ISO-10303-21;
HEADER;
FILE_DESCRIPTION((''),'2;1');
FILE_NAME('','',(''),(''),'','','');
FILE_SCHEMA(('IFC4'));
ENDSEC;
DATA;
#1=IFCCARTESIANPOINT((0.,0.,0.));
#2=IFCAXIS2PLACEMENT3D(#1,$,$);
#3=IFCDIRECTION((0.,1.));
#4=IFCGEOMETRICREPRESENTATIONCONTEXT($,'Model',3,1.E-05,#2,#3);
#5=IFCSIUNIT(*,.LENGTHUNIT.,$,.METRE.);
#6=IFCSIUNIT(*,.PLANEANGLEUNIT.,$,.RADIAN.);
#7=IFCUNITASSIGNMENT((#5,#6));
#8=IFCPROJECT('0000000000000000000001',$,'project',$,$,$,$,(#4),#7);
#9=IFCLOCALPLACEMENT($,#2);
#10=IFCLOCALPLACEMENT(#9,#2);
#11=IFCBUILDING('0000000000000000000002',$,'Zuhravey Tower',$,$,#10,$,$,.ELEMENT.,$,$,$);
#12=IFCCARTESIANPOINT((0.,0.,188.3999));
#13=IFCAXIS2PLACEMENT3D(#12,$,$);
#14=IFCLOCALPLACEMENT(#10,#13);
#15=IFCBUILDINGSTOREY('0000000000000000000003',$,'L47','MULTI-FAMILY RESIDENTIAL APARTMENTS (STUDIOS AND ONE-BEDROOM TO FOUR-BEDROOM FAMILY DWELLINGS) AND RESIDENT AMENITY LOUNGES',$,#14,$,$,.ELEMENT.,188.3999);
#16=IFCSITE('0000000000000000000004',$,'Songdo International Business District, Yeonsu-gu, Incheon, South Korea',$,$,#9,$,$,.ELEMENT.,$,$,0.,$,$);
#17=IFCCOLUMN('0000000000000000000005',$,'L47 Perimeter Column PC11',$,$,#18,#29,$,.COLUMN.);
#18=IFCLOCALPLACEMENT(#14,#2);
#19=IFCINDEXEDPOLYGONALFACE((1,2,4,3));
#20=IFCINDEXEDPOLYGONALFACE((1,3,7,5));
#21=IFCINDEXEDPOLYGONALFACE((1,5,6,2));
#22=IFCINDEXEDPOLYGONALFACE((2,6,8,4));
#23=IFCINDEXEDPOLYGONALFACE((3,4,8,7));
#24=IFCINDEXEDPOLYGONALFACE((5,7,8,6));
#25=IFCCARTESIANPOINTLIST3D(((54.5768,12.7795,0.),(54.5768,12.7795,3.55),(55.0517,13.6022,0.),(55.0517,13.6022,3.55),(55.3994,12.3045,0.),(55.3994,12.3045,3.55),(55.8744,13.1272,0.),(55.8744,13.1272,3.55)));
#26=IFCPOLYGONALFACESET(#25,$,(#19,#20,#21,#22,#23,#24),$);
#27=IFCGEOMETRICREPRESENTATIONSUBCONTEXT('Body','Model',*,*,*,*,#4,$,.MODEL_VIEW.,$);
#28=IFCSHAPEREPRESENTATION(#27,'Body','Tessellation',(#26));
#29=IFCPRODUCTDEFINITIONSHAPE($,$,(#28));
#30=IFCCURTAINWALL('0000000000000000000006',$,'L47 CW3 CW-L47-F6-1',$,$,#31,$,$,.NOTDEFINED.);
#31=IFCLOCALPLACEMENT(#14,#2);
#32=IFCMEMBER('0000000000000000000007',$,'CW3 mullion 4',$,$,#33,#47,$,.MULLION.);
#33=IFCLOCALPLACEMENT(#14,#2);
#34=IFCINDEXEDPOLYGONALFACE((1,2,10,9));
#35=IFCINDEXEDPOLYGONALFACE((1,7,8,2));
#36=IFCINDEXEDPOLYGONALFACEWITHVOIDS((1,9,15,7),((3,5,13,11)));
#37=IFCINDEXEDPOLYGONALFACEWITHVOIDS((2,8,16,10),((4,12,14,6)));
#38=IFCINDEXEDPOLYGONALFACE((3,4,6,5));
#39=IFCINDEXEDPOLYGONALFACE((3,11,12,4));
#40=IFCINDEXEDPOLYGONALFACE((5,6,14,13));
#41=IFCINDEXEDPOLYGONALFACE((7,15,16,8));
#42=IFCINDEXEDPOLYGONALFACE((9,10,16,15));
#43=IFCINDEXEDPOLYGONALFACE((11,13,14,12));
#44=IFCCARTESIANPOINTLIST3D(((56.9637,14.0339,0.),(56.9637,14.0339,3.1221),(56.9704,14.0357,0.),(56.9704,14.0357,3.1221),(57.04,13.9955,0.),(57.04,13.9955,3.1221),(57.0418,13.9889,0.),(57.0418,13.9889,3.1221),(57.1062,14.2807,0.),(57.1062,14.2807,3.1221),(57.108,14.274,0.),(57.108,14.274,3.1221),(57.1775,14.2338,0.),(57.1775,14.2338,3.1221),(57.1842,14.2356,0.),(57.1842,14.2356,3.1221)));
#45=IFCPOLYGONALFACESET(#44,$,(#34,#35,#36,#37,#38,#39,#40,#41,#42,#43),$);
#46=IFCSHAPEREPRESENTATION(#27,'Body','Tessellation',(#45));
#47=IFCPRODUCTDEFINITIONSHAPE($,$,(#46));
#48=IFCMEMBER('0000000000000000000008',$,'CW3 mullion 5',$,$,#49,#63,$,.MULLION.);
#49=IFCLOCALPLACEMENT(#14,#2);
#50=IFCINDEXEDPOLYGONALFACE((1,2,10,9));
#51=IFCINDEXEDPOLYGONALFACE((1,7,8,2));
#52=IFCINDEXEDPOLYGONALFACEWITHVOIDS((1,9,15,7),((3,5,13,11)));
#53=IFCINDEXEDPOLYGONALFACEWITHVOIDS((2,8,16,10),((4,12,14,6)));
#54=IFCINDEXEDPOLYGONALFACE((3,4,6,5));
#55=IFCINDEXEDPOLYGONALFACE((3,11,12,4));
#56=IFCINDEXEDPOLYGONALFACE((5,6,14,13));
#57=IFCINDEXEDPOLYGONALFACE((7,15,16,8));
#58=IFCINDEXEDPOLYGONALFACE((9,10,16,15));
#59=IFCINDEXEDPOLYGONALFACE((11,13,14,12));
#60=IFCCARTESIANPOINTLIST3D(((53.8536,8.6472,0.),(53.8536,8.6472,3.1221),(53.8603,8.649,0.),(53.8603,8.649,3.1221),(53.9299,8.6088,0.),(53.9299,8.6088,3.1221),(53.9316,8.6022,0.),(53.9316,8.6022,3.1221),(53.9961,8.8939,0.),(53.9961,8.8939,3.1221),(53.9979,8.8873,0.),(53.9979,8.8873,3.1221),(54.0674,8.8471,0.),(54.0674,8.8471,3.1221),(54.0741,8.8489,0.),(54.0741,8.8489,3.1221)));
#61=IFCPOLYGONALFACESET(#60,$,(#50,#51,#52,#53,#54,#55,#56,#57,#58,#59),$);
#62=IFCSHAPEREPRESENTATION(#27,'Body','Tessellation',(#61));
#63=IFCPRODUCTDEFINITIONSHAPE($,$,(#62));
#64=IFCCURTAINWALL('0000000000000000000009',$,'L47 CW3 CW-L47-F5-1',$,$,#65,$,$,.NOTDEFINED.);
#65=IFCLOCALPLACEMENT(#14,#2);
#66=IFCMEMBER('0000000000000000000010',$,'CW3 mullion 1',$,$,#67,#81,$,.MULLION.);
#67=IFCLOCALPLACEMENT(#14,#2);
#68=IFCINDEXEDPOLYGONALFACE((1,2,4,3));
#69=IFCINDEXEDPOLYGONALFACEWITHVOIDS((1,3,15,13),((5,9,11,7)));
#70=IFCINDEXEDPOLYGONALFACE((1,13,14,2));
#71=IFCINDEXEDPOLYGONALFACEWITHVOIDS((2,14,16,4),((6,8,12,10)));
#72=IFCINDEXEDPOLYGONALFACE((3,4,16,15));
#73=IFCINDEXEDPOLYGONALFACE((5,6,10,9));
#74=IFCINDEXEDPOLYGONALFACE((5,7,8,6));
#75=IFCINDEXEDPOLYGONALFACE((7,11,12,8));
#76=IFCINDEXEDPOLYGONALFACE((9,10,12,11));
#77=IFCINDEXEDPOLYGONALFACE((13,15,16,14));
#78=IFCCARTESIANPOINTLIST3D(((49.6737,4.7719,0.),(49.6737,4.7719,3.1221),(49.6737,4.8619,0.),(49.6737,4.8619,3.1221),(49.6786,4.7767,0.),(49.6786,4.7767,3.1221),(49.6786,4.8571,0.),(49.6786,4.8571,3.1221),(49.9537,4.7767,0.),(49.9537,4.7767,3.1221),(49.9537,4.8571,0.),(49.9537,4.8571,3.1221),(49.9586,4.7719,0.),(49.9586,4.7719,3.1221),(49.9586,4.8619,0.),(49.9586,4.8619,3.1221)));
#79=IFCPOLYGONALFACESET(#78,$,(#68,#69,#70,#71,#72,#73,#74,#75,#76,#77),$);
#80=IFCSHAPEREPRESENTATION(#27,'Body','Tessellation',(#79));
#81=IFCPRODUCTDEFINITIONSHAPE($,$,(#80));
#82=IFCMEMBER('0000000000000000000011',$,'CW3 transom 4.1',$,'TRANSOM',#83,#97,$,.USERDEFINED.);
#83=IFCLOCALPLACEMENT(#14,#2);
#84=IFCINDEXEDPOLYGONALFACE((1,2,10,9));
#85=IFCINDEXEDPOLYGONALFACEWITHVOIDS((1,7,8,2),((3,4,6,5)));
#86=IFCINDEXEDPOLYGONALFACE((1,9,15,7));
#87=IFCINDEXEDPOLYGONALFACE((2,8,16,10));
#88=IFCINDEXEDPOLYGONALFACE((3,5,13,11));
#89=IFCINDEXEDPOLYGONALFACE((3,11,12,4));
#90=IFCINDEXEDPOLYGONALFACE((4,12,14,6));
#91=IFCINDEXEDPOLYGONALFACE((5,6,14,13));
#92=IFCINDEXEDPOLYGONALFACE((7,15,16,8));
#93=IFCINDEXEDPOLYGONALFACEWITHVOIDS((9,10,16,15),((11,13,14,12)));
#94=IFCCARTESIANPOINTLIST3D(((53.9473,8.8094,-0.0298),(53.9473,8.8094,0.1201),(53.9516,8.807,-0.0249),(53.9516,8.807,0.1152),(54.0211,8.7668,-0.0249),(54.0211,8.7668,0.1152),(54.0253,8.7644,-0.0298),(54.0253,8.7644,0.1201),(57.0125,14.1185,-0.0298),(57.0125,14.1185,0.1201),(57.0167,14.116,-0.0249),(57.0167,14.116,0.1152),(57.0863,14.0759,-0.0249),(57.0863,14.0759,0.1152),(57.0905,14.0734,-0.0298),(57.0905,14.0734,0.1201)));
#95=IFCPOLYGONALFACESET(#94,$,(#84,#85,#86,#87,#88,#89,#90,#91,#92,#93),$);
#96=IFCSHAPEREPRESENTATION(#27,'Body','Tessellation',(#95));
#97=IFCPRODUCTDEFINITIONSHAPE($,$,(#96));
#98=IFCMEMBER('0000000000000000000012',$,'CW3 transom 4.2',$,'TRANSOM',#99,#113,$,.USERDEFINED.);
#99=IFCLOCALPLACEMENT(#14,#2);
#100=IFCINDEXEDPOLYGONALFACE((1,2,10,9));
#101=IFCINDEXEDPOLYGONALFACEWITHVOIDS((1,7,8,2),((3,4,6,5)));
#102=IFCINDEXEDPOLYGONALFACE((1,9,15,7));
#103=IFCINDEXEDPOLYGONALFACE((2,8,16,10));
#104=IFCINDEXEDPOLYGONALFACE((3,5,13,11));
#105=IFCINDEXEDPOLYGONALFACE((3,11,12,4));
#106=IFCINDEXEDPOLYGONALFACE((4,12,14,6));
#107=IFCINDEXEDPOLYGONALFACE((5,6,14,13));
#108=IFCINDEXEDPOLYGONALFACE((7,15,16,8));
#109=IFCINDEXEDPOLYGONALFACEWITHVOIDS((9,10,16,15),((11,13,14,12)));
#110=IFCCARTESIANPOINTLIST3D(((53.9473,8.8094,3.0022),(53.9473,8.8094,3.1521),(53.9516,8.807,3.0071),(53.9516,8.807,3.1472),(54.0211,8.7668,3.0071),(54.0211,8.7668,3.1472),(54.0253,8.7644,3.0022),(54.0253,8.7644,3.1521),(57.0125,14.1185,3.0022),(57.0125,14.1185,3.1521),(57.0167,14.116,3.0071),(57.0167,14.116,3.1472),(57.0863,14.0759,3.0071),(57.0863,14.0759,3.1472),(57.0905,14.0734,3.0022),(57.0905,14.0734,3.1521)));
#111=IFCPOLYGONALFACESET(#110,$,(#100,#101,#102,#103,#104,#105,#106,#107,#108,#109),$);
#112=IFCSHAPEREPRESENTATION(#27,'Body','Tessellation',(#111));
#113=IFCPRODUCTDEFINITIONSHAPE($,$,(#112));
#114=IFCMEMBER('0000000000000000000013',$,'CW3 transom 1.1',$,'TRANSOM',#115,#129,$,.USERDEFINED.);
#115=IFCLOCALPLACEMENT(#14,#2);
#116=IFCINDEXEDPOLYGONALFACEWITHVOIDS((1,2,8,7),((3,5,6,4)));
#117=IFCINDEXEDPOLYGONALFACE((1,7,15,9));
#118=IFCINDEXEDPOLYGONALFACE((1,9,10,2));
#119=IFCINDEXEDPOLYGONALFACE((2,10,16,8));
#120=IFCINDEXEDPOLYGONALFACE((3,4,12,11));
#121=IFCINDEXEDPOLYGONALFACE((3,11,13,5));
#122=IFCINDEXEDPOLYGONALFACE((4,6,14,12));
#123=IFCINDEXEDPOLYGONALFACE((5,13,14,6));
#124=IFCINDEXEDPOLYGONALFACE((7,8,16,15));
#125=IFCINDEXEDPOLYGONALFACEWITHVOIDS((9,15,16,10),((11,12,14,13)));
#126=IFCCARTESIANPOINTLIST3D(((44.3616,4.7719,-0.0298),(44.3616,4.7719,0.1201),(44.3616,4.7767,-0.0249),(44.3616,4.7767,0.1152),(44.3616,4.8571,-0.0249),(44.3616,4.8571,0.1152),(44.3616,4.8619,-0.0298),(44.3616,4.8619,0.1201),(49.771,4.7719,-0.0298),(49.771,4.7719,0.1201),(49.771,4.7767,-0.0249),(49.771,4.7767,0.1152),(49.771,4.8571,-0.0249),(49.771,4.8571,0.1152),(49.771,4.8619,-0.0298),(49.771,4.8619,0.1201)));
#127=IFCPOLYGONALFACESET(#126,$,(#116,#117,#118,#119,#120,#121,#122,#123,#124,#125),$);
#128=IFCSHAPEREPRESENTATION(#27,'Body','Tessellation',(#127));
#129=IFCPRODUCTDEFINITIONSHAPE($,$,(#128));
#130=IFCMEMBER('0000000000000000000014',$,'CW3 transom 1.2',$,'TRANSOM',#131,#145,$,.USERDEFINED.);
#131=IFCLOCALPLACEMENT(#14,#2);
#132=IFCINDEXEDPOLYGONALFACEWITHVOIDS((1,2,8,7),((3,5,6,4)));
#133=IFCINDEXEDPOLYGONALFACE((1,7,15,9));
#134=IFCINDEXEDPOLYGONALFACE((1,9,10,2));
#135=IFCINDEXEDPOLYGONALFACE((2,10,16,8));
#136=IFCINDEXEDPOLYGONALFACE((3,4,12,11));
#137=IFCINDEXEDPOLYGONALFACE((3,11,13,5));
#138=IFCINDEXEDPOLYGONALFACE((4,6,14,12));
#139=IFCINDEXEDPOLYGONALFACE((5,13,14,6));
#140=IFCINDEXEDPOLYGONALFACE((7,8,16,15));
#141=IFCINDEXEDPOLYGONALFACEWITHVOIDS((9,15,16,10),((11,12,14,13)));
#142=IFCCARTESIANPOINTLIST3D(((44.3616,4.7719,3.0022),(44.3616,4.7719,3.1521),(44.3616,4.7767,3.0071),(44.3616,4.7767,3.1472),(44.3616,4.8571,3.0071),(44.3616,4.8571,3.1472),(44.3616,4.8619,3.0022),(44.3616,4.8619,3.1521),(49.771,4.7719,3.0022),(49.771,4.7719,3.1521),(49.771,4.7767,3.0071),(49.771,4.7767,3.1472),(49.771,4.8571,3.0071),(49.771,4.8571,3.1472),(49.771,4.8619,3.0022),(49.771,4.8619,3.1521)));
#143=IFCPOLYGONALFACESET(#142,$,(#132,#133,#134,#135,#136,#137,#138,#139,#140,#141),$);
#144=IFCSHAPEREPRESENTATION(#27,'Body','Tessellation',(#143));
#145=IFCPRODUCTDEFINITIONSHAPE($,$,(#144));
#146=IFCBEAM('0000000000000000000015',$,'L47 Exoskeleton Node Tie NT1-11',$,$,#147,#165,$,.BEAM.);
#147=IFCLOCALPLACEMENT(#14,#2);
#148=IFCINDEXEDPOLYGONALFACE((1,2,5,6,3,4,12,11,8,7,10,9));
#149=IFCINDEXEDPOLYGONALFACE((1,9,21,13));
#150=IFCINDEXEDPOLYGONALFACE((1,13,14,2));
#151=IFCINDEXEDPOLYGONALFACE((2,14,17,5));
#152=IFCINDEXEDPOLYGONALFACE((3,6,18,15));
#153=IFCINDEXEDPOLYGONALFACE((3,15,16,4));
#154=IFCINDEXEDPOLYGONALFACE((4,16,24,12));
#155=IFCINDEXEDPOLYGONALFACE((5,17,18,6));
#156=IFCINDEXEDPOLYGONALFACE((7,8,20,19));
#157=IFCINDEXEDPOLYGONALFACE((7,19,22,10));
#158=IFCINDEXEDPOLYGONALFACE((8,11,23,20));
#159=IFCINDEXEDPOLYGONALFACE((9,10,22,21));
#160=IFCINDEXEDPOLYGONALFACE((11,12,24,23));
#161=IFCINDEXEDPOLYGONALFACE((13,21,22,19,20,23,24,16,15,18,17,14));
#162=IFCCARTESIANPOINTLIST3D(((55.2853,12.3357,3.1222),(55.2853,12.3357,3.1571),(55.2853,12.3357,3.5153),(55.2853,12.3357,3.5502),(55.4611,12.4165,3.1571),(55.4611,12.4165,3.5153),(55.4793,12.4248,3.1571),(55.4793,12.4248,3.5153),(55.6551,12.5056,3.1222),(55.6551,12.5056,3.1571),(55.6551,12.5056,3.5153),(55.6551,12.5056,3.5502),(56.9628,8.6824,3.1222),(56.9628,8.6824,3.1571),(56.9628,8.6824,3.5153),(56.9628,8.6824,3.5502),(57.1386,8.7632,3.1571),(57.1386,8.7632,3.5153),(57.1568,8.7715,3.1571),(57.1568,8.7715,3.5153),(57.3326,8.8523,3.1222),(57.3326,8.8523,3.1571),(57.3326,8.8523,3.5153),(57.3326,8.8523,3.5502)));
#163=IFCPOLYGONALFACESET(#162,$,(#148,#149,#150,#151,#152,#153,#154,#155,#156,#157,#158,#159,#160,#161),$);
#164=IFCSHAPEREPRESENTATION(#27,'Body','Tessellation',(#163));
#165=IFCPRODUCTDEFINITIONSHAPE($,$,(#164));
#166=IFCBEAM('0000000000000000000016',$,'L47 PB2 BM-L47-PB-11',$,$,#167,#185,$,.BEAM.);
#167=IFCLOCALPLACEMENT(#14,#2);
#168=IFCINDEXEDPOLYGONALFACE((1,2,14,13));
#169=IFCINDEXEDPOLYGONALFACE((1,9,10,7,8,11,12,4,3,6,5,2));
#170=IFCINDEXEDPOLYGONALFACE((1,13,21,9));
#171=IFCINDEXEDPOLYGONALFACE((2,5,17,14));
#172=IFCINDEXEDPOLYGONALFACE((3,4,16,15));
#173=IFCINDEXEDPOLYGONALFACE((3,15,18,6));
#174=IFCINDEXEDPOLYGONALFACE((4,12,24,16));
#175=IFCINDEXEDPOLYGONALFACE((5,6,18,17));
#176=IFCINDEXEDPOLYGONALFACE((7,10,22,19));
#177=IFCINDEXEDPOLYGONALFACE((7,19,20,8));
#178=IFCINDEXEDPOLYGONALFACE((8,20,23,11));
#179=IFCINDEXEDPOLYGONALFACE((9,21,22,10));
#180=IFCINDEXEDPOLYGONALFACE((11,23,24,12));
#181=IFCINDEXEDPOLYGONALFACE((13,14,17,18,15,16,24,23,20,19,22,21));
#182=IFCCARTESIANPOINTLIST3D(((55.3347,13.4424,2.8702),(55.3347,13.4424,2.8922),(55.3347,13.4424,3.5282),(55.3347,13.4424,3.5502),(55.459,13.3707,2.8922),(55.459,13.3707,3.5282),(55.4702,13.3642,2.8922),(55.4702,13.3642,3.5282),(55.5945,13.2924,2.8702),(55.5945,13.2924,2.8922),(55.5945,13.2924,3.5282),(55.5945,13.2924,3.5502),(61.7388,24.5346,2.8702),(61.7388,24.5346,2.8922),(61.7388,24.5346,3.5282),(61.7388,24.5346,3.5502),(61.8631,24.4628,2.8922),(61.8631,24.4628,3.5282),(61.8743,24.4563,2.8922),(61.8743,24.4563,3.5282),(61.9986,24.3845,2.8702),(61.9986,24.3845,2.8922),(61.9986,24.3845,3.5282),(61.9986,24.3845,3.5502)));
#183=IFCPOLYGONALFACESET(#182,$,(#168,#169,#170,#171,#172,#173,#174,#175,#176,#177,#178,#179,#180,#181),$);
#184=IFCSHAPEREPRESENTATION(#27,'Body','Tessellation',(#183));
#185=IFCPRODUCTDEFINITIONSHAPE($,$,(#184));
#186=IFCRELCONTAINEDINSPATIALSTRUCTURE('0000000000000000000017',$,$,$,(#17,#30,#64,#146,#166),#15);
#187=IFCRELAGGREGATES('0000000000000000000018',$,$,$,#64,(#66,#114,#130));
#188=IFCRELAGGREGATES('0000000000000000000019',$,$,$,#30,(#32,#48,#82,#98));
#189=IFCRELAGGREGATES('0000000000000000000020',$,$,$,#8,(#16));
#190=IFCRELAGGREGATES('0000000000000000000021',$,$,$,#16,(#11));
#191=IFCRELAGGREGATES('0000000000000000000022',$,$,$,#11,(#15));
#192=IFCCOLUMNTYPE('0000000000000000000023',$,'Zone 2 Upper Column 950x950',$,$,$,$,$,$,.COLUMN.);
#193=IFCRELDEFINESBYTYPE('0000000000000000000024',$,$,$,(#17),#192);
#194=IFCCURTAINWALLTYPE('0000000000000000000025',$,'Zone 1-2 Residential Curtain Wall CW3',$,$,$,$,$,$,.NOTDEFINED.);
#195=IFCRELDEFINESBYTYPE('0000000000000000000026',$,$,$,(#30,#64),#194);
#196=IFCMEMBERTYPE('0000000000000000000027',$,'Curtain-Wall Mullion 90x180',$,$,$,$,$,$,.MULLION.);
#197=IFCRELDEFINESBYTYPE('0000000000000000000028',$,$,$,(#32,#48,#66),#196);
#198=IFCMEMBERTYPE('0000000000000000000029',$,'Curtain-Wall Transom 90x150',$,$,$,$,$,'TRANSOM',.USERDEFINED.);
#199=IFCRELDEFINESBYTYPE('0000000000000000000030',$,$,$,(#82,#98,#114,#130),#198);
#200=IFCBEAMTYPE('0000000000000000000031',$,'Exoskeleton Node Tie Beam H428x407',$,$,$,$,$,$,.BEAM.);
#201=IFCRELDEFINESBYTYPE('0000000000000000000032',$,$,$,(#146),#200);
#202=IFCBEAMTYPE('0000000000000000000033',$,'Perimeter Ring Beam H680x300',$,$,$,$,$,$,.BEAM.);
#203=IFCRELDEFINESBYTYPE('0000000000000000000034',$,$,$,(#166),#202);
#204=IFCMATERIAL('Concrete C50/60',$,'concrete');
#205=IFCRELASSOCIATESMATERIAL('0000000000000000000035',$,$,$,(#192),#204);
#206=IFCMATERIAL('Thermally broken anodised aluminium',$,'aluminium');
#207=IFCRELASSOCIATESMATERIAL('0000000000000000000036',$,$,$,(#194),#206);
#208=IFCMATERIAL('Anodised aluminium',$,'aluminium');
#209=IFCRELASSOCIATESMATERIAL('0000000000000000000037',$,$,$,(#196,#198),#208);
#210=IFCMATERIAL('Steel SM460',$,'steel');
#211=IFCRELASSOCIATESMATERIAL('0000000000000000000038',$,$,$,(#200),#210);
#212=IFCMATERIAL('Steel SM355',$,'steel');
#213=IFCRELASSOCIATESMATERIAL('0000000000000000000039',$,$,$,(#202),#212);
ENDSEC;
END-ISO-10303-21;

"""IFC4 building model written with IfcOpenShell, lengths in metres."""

from ifc_helpers import new_model, si_unit, direction, frame, origin, origin_2d, place, context, subcontext, project, spatial, rectangle, hollow_rectangle, i_section, extrude, material, material_profile, profile_set, type_object, element, aggregate, save


model = new_model("IFC4")

# Units and contexts
model_context = context("Model", 3, precision=1e-05, world=origin(), true_north=direction((0.0, 1.0)))
body_context = subcontext(model_context, "Body", "Model", "MODEL_VIEW")
ifc_project = project(units=[si_unit("LENGTHUNIT", "METRE"), si_unit("PLANEANGLEUNIT", "RADIAN")], contexts=[model_context])

# Site, building, storey
site_placement = place(None, origin())
site = spatial("IfcSite", under=ifc_project, at=site_placement, Name="Songdo International Business District, Yeonsu-gu, Incheon, South Korea", CompositionType="ELEMENT", RefElevation=0.0)
building_placement = place(site_placement, origin())
building = spatial("IfcBuilding", under=site, at=building_placement, Name="Zuhravey Tower", CompositionType="ELEMENT")
storey_placement = place(building_placement, frame((0.0, 0.0, 188.3999)))
storey = spatial("IfcBuildingStorey", under=building, at=storey_placement, Name="L47", Description="MULTI-FAMILY RESIDENTIAL APARTMENTS (STUDIOS AND ONE-BEDROOM TO FOUR-BEDROOM FAMILY DWELLINGS) AND RESIDENT AMENITY LOUNGES", CompositionType="ELEMENT", Elevation=188.3999)

# Column
ifc_material_1 = material(Name="Concrete C50/60", Category="concrete")
ifc_material_profile_1 = material_profile(ifc_material_1, rectangle(XDim=0.95, YDim=0.95, at=origin_2d()), Name="RC-950x950")
ifc_profile_set_1 = profile_set([ifc_material_profile_1], Name="Concrete C50/60")
column_type = type_object("IfcColumnType", Name="Zone 2 Upper Column 950x950", PredefinedType="COLUMN", material=ifc_profile_set_1)
column_placement = place(storey_placement, frame((55.2256, 12.9534, 0.0), z_axis=(0.0, 0.0, 1.0), x_axis=(0.5, 0.866025, 0.0)))
element("IfcColumn", 1, at=column_placement, inside=storey, type_object=column_type, Name="L47 Perimeter Column PC11", PredefinedType="COLUMN", context=body_context, shape_type="SweptSolid", body=[
    extrude(rectangle(XDim=0.95, YDim=0.95, at=origin_2d()), origin(), (0.0, 0.0, 1.0), 3.55),
])

# Curtain wall, members
ifc_material_2 = material(Name="Thermally broken anodised aluminium", Category="aluminium")
curtain_wall_type = type_object("IfcCurtainWallType", Name="Zone 1-2 Residential Curtain Wall CW3", PredefinedType="NOTDEFINED", material=ifc_material_2)
curtain_wall_1_placement = place(storey_placement, origin())
curtain_wall_1 = element("IfcCurtainWall", 2, at=curtain_wall_1_placement, inside=storey, type_object=curtain_wall_type, Name="L47 CW3 CW-L47-F6-1", PredefinedType="NOTDEFINED")
ifc_material_3 = material(Name="Anodised aluminium", Category="aluminium")
ifc_material_profile_2 = material_profile(ifc_material_3, hollow_rectangle(XDim=0.0901, YDim=0.2849, WallThickness=0.0049, at=origin_2d()), Name="ALU-RHS-90x285x5")
ifc_profile_set_2 = profile_set([ifc_material_profile_2], Name="Anodised aluminium")
member_type_1 = type_object("IfcMemberType", Name="Curtain-Wall Mullion 90x180", PredefinedType="MULLION", material=ifc_profile_set_2)
member_1_placement = place(storey_placement, frame((57.074, 14.1348, 0.0), z_axis=(0.0, 0.0, 1.0), x_axis=(0.866026, -0.499999, 0.0)))
member_1 = element("IfcMember", 3, at=member_1_placement, type_object=member_type_1, Name="CW3 mullion 4", PredefinedType="MULLION", context=body_context, shape_type="SweptSolid", body=[
    extrude(hollow_rectangle(XDim=0.0901, YDim=0.2849, WallThickness=0.0049, at=origin_2d()), origin(), (0.0, 0.0, 1.0), 3.1221),
])
member_2_placement = place(storey_placement, frame((53.9639, 8.748, 0.0), z_axis=(0.0, 0.0, 1.0), x_axis=(0.866026, -0.499999, 0.0)))
member_2 = element("IfcMember", 4, at=member_2_placement, type_object=member_type_1, Name="CW3 mullion 5", PredefinedType="MULLION", context=body_context, shape_type="SweptSolid", body=[
    extrude(hollow_rectangle(XDim=0.0901, YDim=0.2849, WallThickness=0.0049, at=origin_2d()), origin(), (0.0, 0.0, 1.0), 3.1221),
])

# Curtain wall, member
curtain_wall_2_placement = place(storey_placement, origin())
curtain_wall_2 = element("IfcCurtainWall", 5, at=curtain_wall_2_placement, inside=storey, type_object=curtain_wall_type, Name="L47 CW3 CW-L47-F5-1", PredefinedType="NOTDEFINED")
member_3_placement = place(storey_placement, frame((49.8162, 4.8169, 0.0), z_axis=(0.0, 0.0, 1.0), x_axis=(0.0, -1.0, 0.0)))
member_3 = element("IfcMember", 6, at=member_3_placement, type_object=member_type_1, Name="CW3 mullion 1", PredefinedType="MULLION", context=body_context, shape_type="SweptSolid", body=[
    extrude(hollow_rectangle(XDim=0.0901, YDim=0.2849, WallThickness=0.0049, at=origin_2d()), origin(), (0.0, 0.0, 1.0), 3.1221),
])

# Members
ifc_material_profile_3 = material_profile(ifc_material_3, hollow_rectangle(XDim=0.0901, YDim=0.1499, WallThickness=0.0049, at=origin_2d()), Name="ALU-RHS-90x150x5")
ifc_profile_set_3 = profile_set([ifc_material_profile_3], Name="Anodised aluminium")
member_type_2 = type_object("IfcMemberType", Name="Curtain-Wall Transom 90x150", ElementType="TRANSOM", PredefinedType="USERDEFINED", material=ifc_profile_set_3)
member_4_placement = place(storey_placement, frame((57.0515, 14.0959, 0.0452), z_axis=(-0.499998, -0.866026, 0.0), x_axis=(0.866026, -0.499998, 0.0)))
member_4 = element("IfcMember", 7, at=member_4_placement, type_object=member_type_2, Name="CW3 transom 4.1", ObjectType="TRANSOM", PredefinedType="USERDEFINED", context=body_context, shape_type="SweptSolid", body=[
    extrude(hollow_rectangle(XDim=0.0901, YDim=0.1499, WallThickness=0.0049, at=origin_2d()), origin(), (0.0, 0.0, 1.0), 6.1304),
])
member_5_placement = place(storey_placement, frame((57.0515, 14.0959, 3.0771), z_axis=(-0.499998, -0.866026, 0.0), x_axis=(0.866026, -0.499998, 0.0)))
member_5 = element("IfcMember", 8, at=member_5_placement, type_object=member_type_2, Name="CW3 transom 4.2", ObjectType="TRANSOM", PredefinedType="USERDEFINED", context=body_context, shape_type="SweptSolid", body=[
    extrude(hollow_rectangle(XDim=0.0901, YDim=0.1499, WallThickness=0.0049, at=origin_2d()), origin(), (0.0, 0.0, 1.0), 6.1304),
])
member_6_placement = place(storey_placement, frame((49.771, 4.8169, 0.0452), z_axis=(-1.0, 0.0, 0.0), x_axis=(0.0, -1.0, 0.0)))
member_6 = element("IfcMember", 9, at=member_6_placement, type_object=member_type_2, Name="CW3 transom 1.1", ObjectType="TRANSOM", PredefinedType="USERDEFINED", context=body_context, shape_type="SweptSolid", body=[
    extrude(hollow_rectangle(XDim=0.0901, YDim=0.1499, WallThickness=0.0049, at=origin_2d()), origin(), (0.0, 0.0, 1.0), 5.4094),
])
member_7_placement = place(storey_placement, frame((49.771, 4.8169, 3.0771), z_axis=(-1.0, 0.0, 0.0), x_axis=(0.0, -1.0, 0.0)))
member_7 = element("IfcMember", 10, at=member_7_placement, type_object=member_type_2, Name="CW3 transom 1.2", ObjectType="TRANSOM", PredefinedType="USERDEFINED", context=body_context, shape_type="SweptSolid", body=[
    extrude(hollow_rectangle(XDim=0.0901, YDim=0.1499, WallThickness=0.0049, at=origin_2d()), origin(), (0.0, 0.0, 1.0), 5.4094),
])
aggregate(curtain_wall_2, [member_3, member_6, member_7])

# Beams
ifc_material_4 = material(Name="Steel SM460", Category="steel")
ifc_material_profile_4 = material_profile(ifc_material_4, i_section(OverallWidth=0.407, OverallDepth=0.428, WebThickness=0.02, FlangeThickness=0.0349, at=origin_2d()), Name="H-428x407x20x35")
ifc_profile_set_4 = profile_set([ifc_material_profile_4], Name="Steel SM460")
beam_type_1 = type_object("IfcBeamType", Name="Exoskeleton Node Tie Beam H428x407", PredefinedType="BEAM", material=ifc_profile_set_4)
beam_1_placement = place(storey_placement, frame((55.4702, 12.4207, 3.3362), z_axis=(0.417282, -0.908777, 0.0), x_axis=(0.908777, 0.417282, 0.0)))
element("IfcBeam", 11, at=beam_1_placement, inside=storey, type_object=beam_type_1, Name="L47 Exoskeleton Node Tie NT1-11", PredefinedType="BEAM", context=body_context, shape_type="SweptSolid", body=[
    extrude(i_section(OverallWidth=0.407, OverallDepth=0.428, WebThickness=0.02, FlangeThickness=0.0349, at=origin_2d()), origin(), (0.0, 0.0, 1.0), 4.02),
])
ifc_material_5 = material(Name="Steel SM355", Category="steel")
ifc_material_profile_5 = material_profile(ifc_material_5, i_section(OverallWidth=0.3, OverallDepth=0.6799, WebThickness=0.0129, FlangeThickness=0.022, at=origin_2d()), Name="H-680x300x13x22")
ifc_profile_set_5 = profile_set([ifc_material_profile_5], Name="Steel SM355")
beam_type_2 = type_object("IfcBeamType", Name="Perimeter Ring Beam H680x300", PredefinedType="BEAM", material=ifc_profile_set_5)
beam_2_placement = place(storey_placement, frame((55.4646, 13.3674, 3.2102), z_axis=(0.500004, 0.866023, 0.0), x_axis=(-0.866023, 0.500004, 0.0)))
element("IfcBeam", 12, at=beam_2_placement, inside=storey, type_object=beam_type_2, Name="L47 PB2 BM-L47-PB-11", PredefinedType="BEAM", context=body_context, shape_type="SweptSolid", body=[
    extrude(i_section(OverallWidth=0.3, OverallDepth=0.6799, WebThickness=0.0129, FlangeThickness=0.022, at=origin_2d()), origin(), (0.0, 0.0, 1.0), 12.8081),
])

aggregate(curtain_wall_1, [member_1, member_2, member_4, member_5])

save(model, "model.ifc")
